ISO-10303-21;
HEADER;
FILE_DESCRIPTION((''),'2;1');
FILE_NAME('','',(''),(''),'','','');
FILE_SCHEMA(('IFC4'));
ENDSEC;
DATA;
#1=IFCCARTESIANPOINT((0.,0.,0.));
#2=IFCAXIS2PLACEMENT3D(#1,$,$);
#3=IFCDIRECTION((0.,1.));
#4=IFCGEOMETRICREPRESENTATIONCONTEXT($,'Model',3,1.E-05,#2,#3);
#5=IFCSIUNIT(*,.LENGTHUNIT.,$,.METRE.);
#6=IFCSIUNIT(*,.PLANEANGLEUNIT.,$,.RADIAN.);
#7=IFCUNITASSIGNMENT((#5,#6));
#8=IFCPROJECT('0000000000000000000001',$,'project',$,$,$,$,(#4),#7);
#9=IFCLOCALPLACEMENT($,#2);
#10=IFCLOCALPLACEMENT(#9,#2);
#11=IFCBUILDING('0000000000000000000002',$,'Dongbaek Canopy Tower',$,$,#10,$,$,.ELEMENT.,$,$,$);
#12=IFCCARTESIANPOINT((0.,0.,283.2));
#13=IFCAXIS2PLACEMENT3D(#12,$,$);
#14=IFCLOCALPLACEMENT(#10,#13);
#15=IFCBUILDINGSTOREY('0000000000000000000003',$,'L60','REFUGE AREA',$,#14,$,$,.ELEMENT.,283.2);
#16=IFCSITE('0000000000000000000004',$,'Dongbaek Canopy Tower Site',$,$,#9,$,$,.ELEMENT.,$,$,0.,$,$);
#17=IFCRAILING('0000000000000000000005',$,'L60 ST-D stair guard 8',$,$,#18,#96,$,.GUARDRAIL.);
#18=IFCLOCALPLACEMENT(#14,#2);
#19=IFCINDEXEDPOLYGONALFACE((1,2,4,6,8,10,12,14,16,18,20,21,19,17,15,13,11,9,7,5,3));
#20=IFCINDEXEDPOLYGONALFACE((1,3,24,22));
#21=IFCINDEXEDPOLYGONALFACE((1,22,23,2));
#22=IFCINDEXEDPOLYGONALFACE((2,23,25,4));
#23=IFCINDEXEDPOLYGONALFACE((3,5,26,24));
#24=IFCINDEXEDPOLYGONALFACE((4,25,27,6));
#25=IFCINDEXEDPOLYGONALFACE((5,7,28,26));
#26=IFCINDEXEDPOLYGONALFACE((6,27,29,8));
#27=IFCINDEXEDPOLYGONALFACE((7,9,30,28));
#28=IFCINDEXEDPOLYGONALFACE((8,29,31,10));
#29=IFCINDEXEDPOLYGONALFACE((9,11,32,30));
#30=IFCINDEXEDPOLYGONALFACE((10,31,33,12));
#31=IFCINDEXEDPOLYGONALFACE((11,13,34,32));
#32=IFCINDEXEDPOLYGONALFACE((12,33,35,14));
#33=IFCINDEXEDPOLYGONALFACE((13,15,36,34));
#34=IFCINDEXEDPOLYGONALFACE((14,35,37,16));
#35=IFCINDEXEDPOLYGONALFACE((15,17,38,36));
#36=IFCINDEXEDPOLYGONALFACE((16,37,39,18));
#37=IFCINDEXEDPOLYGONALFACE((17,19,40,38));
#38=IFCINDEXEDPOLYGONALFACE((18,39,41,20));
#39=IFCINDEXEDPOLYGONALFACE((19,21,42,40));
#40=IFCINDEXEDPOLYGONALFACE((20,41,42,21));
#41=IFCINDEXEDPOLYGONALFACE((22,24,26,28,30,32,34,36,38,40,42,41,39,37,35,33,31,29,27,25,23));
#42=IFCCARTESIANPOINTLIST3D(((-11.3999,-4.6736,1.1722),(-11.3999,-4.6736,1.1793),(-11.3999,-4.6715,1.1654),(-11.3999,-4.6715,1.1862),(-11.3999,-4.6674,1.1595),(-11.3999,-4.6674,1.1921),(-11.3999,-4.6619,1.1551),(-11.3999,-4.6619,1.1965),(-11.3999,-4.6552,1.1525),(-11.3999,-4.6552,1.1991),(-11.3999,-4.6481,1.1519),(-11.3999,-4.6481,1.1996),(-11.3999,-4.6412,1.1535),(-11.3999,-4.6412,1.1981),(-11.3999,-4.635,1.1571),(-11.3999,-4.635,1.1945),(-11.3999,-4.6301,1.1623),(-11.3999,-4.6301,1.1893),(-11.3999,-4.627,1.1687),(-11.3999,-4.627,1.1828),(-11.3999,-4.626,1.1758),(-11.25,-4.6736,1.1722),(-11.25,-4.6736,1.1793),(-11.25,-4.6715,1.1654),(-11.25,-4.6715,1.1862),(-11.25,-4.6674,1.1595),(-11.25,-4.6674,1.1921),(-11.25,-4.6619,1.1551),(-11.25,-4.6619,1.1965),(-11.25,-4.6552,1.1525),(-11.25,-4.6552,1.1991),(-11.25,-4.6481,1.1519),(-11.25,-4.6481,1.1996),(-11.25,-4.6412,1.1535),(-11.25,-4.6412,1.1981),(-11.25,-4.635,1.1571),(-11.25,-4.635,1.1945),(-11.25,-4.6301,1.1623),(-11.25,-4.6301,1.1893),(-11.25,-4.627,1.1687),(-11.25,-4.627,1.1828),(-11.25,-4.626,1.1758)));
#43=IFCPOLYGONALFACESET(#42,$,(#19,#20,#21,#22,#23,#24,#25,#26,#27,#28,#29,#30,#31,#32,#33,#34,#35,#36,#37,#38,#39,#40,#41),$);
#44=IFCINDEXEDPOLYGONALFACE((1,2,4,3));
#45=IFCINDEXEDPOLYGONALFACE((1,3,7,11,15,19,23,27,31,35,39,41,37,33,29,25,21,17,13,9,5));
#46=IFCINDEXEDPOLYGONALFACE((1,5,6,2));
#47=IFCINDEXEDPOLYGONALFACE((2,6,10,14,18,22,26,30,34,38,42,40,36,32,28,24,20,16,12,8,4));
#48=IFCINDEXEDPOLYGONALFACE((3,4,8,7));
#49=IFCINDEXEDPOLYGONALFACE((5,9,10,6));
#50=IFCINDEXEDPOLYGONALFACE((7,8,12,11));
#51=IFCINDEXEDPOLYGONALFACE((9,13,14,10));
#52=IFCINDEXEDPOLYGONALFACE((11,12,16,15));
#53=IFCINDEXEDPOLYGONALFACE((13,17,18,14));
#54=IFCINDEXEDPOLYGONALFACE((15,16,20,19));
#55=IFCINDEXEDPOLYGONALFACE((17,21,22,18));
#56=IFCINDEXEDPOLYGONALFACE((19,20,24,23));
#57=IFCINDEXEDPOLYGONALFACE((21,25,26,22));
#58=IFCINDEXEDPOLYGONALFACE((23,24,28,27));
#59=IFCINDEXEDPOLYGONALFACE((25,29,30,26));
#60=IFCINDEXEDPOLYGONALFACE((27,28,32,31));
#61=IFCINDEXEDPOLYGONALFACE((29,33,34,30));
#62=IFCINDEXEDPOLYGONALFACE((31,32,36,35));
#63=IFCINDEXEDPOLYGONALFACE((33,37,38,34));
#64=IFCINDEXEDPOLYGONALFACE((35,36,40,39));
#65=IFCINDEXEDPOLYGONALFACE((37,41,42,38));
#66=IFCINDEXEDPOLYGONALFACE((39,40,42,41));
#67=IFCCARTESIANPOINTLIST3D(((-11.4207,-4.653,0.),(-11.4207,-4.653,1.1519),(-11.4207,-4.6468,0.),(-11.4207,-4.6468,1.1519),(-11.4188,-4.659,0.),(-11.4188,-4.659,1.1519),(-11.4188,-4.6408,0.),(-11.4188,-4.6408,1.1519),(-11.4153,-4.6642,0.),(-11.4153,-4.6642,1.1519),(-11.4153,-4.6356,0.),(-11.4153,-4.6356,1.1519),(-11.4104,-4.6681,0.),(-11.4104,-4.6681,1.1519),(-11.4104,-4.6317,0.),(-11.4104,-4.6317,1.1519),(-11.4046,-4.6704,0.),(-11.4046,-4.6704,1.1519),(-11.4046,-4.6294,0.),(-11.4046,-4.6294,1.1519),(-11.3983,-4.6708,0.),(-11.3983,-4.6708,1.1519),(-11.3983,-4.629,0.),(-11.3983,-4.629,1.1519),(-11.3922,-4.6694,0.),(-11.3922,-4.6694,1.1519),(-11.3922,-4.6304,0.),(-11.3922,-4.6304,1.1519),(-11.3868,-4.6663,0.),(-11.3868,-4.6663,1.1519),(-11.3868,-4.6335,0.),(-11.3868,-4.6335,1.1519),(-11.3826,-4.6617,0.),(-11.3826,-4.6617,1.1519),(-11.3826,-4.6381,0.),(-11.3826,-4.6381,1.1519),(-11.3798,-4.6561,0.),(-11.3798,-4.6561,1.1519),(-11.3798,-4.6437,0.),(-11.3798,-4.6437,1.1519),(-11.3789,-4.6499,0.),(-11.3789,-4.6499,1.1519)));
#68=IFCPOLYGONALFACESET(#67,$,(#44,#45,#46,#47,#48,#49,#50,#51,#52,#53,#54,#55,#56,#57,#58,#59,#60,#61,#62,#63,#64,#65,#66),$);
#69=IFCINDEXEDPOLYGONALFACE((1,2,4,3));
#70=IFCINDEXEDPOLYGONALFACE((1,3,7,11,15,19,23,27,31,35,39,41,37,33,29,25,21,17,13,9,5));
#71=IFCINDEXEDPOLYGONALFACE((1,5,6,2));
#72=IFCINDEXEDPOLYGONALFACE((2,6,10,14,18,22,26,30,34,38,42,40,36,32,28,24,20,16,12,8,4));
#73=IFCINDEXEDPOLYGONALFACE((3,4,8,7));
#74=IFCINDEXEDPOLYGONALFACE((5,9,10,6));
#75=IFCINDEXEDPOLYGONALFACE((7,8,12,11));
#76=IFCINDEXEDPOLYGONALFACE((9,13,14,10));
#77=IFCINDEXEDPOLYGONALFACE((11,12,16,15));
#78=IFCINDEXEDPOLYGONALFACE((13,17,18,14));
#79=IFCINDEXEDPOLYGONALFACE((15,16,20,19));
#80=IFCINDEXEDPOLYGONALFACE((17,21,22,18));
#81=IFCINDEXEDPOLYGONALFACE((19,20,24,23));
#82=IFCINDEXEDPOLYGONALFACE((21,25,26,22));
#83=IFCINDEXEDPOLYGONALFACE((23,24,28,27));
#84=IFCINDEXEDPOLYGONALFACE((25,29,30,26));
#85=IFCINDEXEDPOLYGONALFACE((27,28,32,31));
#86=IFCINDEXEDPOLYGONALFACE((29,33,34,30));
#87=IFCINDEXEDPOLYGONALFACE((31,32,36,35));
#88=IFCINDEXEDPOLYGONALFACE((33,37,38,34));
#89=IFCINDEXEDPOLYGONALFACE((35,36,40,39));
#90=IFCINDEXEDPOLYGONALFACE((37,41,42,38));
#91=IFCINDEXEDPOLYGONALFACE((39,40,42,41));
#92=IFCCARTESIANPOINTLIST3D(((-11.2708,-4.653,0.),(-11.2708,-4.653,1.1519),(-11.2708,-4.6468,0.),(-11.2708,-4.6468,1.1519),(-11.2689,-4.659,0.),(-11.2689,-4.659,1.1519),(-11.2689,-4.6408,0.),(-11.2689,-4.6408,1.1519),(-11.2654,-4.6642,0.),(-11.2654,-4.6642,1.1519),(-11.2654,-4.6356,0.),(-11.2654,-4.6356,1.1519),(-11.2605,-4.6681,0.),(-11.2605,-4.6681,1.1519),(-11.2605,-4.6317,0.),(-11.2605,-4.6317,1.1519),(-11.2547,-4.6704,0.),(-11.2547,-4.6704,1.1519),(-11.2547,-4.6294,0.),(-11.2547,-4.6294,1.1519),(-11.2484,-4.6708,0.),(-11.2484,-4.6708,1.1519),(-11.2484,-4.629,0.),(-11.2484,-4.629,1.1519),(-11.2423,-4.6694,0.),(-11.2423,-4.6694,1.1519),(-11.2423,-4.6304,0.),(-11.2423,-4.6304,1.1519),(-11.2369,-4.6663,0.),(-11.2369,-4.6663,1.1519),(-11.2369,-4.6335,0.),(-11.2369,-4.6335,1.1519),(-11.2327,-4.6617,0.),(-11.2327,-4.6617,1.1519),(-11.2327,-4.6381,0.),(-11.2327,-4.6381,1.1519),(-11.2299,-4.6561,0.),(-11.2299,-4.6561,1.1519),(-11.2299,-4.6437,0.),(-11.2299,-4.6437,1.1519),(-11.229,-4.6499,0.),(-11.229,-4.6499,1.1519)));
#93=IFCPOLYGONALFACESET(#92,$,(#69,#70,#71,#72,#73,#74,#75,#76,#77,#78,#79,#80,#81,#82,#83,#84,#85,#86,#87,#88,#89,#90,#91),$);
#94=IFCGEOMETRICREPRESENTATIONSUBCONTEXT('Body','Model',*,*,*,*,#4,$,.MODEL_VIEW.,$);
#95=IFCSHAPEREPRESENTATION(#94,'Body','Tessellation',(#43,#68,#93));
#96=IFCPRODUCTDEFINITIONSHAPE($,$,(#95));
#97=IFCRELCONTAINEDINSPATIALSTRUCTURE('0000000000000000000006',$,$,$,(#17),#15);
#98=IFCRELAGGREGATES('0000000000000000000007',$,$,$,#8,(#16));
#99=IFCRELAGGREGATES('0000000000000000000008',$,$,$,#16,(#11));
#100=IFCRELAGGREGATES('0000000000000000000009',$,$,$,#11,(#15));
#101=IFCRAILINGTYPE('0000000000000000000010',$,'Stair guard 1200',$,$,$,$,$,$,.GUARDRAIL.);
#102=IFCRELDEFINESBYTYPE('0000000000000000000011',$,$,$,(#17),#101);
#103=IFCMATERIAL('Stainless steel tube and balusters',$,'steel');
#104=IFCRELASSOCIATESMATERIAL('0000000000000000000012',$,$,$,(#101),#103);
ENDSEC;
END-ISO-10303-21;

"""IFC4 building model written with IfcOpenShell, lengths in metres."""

from ifc_helpers import new_model, si_unit, direction, frame, origin, origin_2d, place, context, subcontext, project, spatial, circle, extrude, material, type_object, element, save


model = new_model("IFC4")

# Units and contexts
model_context = context("Model", 3, precision=1e-05, world=origin(), true_north=direction((0.0, 1.0)))
body_context = subcontext(model_context, "Body", "Model", "MODEL_VIEW")
ifc_project = project(units=[si_unit("LENGTHUNIT", "METRE"), si_unit("PLANEANGLEUNIT", "RADIAN")], contexts=[model_context])

# Site, building, storey
site_placement = place(None, origin())
site = spatial("IfcSite", under=ifc_project, at=site_placement, Name="Dongbaek Canopy Tower Site", CompositionType="ELEMENT", RefElevation=0.0)
building_placement = place(site_placement, origin())
building = spatial("IfcBuilding", under=site, at=building_placement, Name="Dongbaek Canopy Tower", CompositionType="ELEMENT")
storey_placement = place(building_placement, frame((0.0, 0.0, 283.2)))
storey = spatial("IfcBuildingStorey", under=building, at=storey_placement, Name="L60", Description="REFUGE AREA", CompositionType="ELEMENT", Elevation=283.2)

# Railing
ifc_material_1 = material(Name="Stainless steel tube and balusters", Category="steel")
railing_type_1 = type_object("IfcRailingType", Name="Stair guard 1200", PredefinedType="GUARDRAIL", material=ifc_material_1)
railing_placement = place(storey_placement, frame((-11.3999, -4.6499, 0.0)))
element("IfcRailing", 1, at=railing_placement, inside=storey, type_object=railing_type_1, Name="L60 ST-D stair guard 8", PredefinedType="GUARDRAIL", context=body_context, shape_type="SweptSolid", body=[
    extrude(circle(Radius=0.0239, at=origin_2d()), frame((0.0, 0.0, 1.1758), z_axis=(1.0, 0.0, 0.0), x_axis=(0.0, 1.0, 0.0)), (0.0, 0.0, 1.0), 0.1499),
    extrude(circle(Radius=0.021, at=origin_2d()), origin(), (0.0, 0.0, 1.0), 1.1519),
    extrude(circle(Radius=0.021, at=origin_2d()), frame((0.1499, 0.0, 0.0)), (0.0, 0.0, 1.0), 1.1519),
])

save(model, "model.ifc")
